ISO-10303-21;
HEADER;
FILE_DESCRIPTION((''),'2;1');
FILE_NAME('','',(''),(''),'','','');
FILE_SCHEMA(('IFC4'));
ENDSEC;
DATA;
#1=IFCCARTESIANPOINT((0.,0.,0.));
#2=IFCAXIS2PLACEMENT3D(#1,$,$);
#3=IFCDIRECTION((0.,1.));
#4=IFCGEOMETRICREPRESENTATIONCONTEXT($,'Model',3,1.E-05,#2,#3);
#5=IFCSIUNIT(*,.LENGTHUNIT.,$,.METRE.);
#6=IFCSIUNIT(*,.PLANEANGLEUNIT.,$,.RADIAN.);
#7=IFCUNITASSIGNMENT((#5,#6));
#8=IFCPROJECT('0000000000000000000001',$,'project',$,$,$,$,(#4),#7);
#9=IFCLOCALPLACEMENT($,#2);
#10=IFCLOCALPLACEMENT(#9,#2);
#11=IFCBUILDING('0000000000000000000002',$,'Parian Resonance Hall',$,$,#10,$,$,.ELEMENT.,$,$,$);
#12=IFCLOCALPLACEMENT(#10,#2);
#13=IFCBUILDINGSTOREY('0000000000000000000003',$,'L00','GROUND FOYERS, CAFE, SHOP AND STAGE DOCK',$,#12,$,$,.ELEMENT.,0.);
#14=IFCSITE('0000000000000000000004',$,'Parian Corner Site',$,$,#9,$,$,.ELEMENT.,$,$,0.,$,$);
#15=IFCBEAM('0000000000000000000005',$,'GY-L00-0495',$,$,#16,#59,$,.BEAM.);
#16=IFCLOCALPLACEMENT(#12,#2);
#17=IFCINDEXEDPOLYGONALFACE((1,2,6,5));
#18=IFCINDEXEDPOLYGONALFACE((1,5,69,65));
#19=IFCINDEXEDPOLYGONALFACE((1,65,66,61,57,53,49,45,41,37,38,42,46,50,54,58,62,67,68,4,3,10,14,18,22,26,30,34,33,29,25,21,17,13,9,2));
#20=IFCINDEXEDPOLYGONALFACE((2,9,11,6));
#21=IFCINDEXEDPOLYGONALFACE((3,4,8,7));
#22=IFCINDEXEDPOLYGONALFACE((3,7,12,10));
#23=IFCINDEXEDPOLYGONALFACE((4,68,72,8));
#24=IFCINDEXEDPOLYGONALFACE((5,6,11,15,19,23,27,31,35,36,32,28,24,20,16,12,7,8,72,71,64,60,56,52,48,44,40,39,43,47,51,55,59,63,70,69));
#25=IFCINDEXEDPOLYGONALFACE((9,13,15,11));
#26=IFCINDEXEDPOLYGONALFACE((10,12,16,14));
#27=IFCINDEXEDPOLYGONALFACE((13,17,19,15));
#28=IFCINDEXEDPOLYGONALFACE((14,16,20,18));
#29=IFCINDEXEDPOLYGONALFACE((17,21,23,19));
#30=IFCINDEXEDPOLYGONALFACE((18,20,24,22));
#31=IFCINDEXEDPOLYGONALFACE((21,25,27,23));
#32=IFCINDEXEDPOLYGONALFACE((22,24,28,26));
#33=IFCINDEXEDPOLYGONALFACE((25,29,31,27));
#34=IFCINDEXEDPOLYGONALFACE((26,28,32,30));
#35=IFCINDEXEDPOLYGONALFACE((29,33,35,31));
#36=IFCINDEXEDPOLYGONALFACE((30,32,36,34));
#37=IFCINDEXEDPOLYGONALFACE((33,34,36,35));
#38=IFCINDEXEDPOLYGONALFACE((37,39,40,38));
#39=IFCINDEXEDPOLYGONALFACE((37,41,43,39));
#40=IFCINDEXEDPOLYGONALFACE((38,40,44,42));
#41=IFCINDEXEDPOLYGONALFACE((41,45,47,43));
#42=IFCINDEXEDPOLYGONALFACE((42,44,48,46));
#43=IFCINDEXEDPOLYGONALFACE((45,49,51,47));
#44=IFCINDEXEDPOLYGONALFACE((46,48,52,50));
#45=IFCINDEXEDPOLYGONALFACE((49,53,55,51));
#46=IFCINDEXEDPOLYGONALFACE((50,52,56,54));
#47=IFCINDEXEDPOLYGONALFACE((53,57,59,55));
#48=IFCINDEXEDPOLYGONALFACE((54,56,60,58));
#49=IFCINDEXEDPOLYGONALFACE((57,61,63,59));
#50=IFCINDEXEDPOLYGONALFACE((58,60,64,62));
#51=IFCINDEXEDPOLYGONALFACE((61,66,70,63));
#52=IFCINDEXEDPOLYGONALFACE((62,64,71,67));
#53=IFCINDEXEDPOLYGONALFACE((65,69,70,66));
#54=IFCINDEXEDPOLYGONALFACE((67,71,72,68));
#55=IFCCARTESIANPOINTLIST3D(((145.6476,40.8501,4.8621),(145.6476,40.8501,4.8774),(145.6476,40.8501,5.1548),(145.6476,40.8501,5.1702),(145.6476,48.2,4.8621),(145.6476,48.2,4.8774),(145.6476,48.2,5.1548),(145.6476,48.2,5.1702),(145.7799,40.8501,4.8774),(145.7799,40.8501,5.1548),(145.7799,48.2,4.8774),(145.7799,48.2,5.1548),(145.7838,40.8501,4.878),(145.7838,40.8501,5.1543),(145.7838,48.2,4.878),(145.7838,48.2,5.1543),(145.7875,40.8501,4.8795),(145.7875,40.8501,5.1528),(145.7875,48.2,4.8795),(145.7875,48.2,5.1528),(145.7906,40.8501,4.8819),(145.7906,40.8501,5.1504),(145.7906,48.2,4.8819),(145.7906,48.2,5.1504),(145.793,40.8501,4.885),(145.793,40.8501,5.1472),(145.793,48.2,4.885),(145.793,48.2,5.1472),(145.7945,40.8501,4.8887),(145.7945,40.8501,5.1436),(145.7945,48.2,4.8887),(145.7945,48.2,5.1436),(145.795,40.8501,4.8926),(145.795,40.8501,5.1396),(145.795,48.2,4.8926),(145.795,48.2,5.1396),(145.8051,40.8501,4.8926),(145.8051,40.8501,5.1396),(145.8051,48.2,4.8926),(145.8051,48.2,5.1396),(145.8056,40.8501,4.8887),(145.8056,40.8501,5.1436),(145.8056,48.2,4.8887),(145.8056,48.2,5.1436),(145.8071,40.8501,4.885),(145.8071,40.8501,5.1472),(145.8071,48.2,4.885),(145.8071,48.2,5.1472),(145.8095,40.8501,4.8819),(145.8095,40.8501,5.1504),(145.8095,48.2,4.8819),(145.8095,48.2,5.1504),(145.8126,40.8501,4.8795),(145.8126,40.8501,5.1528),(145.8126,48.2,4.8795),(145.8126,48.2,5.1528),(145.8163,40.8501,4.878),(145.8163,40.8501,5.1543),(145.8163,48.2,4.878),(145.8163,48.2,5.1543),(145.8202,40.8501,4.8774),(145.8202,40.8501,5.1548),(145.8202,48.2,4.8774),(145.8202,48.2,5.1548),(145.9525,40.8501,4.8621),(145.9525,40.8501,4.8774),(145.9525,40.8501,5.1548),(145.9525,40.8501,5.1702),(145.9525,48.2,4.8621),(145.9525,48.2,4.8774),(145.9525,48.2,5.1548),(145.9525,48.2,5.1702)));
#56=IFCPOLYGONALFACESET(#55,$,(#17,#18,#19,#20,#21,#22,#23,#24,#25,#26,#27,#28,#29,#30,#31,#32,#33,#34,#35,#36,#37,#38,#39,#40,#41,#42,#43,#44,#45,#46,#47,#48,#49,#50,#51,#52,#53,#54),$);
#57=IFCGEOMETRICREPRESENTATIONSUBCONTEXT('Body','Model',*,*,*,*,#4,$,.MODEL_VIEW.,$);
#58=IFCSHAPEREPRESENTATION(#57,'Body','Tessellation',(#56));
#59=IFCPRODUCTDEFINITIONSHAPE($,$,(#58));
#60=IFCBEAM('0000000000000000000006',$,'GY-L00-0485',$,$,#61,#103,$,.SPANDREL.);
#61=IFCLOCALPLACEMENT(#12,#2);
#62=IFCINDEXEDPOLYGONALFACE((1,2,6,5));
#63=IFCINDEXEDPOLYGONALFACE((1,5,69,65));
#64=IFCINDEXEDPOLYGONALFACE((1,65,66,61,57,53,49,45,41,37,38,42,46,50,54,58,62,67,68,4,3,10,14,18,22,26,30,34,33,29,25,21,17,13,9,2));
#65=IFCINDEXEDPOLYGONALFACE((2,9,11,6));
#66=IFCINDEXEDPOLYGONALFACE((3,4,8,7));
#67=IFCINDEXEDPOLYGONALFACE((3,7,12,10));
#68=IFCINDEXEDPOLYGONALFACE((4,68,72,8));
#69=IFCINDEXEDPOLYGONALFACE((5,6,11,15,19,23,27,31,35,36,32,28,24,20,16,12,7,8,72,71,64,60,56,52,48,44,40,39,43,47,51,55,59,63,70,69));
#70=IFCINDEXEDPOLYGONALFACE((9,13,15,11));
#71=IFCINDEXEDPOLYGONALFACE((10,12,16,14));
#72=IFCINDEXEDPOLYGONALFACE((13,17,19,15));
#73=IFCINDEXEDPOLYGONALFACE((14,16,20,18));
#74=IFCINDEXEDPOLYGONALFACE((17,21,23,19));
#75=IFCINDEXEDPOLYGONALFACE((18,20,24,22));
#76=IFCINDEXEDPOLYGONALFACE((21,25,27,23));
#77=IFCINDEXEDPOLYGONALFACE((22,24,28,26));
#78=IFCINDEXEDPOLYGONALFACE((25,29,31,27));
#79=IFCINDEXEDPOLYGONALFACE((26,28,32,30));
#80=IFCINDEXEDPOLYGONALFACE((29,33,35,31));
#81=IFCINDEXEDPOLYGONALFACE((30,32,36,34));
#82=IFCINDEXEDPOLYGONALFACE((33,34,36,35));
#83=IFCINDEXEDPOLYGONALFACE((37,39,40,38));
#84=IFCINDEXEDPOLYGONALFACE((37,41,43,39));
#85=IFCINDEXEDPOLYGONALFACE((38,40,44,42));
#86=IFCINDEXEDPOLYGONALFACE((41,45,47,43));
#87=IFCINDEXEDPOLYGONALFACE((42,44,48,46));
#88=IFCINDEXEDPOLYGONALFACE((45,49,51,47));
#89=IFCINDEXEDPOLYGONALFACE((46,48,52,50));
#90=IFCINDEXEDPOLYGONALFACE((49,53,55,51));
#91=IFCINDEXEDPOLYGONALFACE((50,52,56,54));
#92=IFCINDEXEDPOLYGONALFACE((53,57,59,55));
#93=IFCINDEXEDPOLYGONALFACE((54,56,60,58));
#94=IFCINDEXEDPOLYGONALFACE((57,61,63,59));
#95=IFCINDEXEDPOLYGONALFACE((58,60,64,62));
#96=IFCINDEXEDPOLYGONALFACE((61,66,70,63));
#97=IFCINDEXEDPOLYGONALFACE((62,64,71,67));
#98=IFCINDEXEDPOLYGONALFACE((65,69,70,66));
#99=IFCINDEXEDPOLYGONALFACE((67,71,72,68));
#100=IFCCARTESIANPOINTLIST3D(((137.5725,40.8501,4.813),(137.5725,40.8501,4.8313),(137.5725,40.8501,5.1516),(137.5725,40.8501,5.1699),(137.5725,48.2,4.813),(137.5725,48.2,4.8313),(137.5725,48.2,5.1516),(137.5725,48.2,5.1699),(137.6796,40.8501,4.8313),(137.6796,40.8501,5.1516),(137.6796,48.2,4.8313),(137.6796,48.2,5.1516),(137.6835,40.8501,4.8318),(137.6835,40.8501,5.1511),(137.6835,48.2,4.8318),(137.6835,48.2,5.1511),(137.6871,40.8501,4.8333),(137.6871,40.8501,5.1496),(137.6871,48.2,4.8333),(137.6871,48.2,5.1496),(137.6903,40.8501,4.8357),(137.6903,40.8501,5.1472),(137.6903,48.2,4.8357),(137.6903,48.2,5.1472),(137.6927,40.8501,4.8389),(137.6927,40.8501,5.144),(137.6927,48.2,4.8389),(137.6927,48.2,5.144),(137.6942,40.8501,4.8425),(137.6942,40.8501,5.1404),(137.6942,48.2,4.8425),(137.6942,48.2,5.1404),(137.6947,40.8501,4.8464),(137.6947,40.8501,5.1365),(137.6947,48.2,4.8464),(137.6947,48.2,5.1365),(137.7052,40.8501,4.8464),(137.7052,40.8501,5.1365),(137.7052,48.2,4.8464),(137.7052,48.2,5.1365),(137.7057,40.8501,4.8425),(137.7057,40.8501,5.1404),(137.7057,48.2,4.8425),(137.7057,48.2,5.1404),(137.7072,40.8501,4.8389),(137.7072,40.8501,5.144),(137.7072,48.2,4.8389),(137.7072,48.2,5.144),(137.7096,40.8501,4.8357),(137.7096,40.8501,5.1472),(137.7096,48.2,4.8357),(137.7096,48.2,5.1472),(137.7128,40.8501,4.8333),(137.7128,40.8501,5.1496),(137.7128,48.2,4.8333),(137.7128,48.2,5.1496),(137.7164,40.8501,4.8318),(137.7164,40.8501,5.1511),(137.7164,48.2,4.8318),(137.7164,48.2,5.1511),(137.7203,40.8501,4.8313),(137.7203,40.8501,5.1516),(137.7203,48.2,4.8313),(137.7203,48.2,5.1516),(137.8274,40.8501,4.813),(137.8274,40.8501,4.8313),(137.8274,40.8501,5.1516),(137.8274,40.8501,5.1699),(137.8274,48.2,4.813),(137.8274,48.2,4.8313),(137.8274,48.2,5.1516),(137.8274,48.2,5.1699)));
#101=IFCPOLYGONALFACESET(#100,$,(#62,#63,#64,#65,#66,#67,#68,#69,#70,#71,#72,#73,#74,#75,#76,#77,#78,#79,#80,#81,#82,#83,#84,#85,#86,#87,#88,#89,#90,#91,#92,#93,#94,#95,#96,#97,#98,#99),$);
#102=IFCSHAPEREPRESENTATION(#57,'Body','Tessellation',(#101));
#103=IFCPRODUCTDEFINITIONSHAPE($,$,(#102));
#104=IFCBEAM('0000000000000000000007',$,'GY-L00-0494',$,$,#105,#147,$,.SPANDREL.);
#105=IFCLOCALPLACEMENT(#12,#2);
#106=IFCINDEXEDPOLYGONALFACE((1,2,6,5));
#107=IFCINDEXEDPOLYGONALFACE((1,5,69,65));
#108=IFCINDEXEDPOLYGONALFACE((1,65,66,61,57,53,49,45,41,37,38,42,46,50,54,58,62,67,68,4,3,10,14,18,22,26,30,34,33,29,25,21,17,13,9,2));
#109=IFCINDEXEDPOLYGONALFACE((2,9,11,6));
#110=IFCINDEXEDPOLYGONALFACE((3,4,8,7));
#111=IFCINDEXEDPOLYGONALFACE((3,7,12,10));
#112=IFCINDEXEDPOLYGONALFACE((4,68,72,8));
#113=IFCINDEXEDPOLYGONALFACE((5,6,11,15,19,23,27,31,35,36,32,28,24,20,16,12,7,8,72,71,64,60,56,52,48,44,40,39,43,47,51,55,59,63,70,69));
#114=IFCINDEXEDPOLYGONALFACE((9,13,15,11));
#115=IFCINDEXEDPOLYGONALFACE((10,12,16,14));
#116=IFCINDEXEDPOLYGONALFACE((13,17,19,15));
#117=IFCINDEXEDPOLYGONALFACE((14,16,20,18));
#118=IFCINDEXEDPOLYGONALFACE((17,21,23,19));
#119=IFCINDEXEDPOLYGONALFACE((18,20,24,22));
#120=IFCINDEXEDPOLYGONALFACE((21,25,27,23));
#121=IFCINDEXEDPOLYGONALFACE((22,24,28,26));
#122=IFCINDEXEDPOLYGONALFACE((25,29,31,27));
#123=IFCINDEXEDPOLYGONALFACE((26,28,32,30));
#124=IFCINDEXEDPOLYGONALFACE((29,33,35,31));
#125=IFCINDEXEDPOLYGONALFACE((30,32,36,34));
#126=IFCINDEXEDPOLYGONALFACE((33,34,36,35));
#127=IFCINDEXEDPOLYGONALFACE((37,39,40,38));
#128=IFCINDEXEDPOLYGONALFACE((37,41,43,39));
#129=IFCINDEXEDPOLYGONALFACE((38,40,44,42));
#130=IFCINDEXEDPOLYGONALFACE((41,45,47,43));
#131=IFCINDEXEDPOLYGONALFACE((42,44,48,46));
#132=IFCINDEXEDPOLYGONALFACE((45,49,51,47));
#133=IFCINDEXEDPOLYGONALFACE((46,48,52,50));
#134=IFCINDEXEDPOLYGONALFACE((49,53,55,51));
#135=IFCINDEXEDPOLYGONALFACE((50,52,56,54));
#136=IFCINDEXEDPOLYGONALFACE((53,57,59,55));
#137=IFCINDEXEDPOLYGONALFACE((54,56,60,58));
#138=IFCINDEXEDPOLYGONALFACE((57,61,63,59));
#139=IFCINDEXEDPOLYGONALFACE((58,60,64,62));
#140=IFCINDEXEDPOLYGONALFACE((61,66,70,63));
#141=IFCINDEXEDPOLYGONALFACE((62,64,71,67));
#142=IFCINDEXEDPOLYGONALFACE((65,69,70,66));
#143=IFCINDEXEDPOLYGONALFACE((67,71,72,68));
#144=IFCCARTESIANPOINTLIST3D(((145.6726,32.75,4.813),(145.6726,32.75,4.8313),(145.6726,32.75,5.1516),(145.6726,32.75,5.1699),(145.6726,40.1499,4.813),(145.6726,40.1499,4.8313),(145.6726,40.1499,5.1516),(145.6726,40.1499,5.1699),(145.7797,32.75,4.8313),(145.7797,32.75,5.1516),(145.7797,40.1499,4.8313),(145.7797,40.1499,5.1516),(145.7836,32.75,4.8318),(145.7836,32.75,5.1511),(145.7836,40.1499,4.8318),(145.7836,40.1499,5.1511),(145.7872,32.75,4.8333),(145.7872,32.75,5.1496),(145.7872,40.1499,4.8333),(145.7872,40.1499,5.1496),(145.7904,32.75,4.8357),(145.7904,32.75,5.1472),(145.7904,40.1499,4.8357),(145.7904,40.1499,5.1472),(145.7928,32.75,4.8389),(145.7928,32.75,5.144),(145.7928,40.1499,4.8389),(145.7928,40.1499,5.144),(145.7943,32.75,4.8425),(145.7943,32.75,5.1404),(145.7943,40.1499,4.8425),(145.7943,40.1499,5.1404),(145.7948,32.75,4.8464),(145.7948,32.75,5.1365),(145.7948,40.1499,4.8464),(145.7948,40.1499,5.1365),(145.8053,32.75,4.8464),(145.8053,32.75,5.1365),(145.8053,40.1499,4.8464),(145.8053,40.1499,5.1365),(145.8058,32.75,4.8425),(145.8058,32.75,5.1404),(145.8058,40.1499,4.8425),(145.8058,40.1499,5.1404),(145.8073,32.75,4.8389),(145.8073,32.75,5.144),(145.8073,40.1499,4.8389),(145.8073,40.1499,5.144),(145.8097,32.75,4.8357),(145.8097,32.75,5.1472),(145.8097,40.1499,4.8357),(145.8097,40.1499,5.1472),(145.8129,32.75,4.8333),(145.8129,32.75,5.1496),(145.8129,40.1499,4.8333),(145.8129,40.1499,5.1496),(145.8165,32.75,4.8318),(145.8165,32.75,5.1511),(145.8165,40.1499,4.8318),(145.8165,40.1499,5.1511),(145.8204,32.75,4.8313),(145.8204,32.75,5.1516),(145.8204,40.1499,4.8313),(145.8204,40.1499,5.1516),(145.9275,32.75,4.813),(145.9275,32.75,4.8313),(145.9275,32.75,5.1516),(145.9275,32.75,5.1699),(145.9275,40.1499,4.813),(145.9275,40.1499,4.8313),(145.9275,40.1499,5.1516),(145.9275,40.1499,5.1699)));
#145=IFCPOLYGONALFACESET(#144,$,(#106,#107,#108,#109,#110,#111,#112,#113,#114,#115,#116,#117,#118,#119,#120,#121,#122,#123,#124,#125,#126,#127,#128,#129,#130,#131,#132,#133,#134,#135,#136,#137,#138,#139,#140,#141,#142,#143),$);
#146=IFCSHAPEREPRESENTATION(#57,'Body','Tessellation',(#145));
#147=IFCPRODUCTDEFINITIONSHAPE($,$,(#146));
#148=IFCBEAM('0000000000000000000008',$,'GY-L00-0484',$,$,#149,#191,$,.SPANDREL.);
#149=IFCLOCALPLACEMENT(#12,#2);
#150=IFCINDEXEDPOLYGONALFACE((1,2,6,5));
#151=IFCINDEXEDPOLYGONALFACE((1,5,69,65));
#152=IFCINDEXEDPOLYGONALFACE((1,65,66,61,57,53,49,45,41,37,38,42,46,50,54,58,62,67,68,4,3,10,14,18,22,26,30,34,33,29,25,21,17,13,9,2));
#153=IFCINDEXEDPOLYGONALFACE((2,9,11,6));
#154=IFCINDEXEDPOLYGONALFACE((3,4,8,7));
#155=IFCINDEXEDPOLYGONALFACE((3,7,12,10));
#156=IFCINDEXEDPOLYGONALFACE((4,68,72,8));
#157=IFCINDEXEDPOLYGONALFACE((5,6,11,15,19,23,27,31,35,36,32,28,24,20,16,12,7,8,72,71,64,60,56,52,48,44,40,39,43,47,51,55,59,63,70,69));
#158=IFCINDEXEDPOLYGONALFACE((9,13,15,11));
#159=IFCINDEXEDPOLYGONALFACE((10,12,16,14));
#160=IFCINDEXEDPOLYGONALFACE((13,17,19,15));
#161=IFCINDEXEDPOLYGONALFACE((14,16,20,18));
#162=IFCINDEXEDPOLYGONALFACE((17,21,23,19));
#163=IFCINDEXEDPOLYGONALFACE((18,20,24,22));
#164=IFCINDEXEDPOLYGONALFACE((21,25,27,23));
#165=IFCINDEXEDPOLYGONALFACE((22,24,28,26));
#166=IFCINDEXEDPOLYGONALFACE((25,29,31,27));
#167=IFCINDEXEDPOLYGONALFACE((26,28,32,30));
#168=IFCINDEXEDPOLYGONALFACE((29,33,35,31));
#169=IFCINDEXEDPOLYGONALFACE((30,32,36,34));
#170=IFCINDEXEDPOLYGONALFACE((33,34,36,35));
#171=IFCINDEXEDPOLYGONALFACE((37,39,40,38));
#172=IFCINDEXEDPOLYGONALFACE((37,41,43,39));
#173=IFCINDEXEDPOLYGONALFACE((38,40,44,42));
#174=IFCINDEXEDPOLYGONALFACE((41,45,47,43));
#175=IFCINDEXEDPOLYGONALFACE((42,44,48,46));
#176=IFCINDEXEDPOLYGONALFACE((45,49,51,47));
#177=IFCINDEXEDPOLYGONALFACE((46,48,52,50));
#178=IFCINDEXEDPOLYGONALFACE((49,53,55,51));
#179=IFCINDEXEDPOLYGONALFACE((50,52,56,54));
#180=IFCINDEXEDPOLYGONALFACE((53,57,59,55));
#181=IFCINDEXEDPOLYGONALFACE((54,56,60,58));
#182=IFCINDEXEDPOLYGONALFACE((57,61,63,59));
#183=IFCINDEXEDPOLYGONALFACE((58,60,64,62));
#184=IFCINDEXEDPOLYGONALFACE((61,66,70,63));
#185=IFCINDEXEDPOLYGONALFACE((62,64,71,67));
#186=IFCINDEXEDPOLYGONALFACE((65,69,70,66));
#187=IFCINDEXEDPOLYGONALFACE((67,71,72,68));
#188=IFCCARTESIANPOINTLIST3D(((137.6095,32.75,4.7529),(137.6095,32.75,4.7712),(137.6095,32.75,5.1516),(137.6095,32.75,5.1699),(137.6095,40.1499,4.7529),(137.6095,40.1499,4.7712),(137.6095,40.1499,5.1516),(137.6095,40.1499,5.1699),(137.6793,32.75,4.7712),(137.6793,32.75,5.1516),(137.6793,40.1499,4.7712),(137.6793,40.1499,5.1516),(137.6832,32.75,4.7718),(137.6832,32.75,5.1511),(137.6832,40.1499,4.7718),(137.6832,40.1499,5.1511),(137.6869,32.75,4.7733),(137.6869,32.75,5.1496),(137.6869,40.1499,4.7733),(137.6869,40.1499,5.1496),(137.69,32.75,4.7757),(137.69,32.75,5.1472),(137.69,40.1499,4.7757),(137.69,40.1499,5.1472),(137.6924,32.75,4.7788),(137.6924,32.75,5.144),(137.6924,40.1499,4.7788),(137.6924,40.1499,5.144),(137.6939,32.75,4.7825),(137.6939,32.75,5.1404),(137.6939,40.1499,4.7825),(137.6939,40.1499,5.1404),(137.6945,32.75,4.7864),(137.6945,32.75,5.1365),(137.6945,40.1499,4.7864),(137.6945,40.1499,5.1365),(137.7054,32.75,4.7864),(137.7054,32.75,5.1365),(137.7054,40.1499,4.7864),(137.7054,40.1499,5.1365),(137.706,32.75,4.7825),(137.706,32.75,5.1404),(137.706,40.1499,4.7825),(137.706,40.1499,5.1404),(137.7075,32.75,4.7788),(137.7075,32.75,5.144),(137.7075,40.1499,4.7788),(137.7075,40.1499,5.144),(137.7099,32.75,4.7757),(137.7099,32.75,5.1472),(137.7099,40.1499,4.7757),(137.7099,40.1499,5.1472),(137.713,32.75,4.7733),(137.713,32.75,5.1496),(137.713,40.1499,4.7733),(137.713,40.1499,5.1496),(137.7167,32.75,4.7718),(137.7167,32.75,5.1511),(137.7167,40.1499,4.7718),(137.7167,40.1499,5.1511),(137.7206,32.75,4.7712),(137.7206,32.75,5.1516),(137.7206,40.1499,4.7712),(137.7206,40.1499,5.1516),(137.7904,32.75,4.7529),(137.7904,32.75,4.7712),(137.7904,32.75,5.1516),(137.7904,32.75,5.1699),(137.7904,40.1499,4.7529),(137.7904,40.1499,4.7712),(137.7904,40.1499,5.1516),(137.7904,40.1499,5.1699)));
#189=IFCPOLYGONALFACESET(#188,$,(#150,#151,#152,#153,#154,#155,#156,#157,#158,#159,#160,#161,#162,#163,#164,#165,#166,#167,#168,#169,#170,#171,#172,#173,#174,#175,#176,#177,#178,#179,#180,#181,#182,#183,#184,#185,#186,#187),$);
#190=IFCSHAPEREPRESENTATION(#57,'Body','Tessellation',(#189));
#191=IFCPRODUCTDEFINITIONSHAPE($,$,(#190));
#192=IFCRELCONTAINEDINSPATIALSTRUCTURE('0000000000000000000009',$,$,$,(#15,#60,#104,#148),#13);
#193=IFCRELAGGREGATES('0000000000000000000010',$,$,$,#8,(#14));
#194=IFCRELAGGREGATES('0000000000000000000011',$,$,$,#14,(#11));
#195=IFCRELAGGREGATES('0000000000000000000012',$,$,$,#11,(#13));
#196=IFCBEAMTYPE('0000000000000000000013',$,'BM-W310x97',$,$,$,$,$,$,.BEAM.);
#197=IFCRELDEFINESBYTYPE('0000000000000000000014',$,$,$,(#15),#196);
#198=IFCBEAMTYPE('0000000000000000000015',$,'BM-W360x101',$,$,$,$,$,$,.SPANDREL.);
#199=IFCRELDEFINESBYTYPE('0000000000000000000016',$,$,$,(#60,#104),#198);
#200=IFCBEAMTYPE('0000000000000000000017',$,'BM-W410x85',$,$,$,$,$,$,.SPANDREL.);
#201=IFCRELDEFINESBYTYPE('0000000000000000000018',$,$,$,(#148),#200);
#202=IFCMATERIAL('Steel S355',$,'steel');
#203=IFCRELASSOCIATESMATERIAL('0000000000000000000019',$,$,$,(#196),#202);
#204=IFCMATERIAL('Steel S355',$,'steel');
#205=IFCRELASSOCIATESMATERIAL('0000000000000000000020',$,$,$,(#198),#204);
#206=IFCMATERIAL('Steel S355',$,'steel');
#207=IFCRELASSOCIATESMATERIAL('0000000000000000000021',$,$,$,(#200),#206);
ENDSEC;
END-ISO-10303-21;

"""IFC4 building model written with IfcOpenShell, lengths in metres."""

from ifc_helpers import new_model, si_unit, direction, frame, origin, origin_2d, place, context, subcontext, project, spatial, i_section, extrude, material, material_profile, profile_set, type_object, element, save


model = new_model("IFC4")

# Units and contexts
model_context = context("Model", 3, precision=1e-05, world=origin(), true_north=direction((0.0, 1.0)))
body_context = subcontext(model_context, "Body", "Model", "MODEL_VIEW")
ifc_project = project(units=[si_unit("LENGTHUNIT", "METRE"), si_unit("PLANEANGLEUNIT", "RADIAN")], contexts=[model_context])

# Site, building, storey
site_placement = place(None, origin())
site = spatial("IfcSite", under=ifc_project, at=site_placement, Name="Parian Corner Site", CompositionType="ELEMENT", RefElevation=0.0)
building_placement = place(site_placement, origin())
building = spatial("IfcBuilding", under=site, at=building_placement, Name="Parian Resonance Hall", CompositionType="ELEMENT")
storey_placement = place(building_placement, origin())
storey = spatial("IfcBuildingStorey", under=building, at=storey_placement, Name="L00", Description="GROUND FOYERS, CAFE, SHOP AND STAGE DOCK", CompositionType="ELEMENT", Elevation=0.0)

# Beams
ifc_material_1 = material(Name="Steel S355", Category="steel")
ifc_material_profile_1 = material_profile(ifc_material_1, i_section(OverallWidth=0.3049, OverallDepth=0.3081, WebThickness=0.01, FlangeThickness=0.0154, FilletRadius=0.0151, at=origin_2d()), Name="W310x97")
ifc_profile_set_1 = profile_set([ifc_material_profile_1], Name="Steel S355")
beam_type_1 = type_object("IfcBeamType", Name="BM-W310x97", PredefinedType="BEAM", material=ifc_profile_set_1)
beam_1_placement = place(storey_placement, frame((145.8, 40.8501, 5.0161), z_axis=(0.0, 1.0, 0.0), x_axis=(-1.0, 0.0, 0.0)))
element("IfcBeam", 1, at=beam_1_placement, inside=storey, type_object=beam_type_1, Name="GY-L00-0495", PredefinedType="BEAM", context=body_context, shape_type="SweptSolid", body=[
    extrude(i_section(OverallWidth=0.3049, OverallDepth=0.3081, WebThickness=0.01, FlangeThickness=0.0154, FilletRadius=0.0151, at=origin_2d()), origin(), (0.0, 0.0, 1.0), 7.3499),
])
ifc_material_2 = material(Name="Steel S355", Category="steel")
ifc_material_profile_2 = material_profile(ifc_material_2, i_section(OverallWidth=0.2549, OverallDepth=0.3569, WebThickness=0.0105, FlangeThickness=0.0183, FilletRadius=0.0151, at=origin_2d()), Name="W360x101")
ifc_profile_set_2 = profile_set([ifc_material_profile_2], Name="Steel S355")
beam_type_2 = type_object("IfcBeamType", Name="BM-W360x101", PredefinedType="SPANDREL", material=ifc_profile_set_2)
beam_2_placement = place(storey_placement, frame((137.7, 40.8501, 4.9915), z_axis=(0.0, 1.0, 0.0), x_axis=(-1.0, 0.0, 0.0)))
element("IfcBeam", 2, at=beam_2_placement, inside=storey, type_object=beam_type_2, Name="GY-L00-0485", PredefinedType="SPANDREL", context=body_context, shape_type="SweptSolid", body=[
    extrude(i_section(OverallWidth=0.2549, OverallDepth=0.3569, WebThickness=0.0105, FlangeThickness=0.0183, FilletRadius=0.0151, at=origin_2d()), origin(), (0.0, 0.0, 1.0), 7.3499),
])
beam_3_placement = place(storey_placement, frame((145.8, 32.75, 4.9915), z_axis=(0.0, 1.0, 0.0), x_axis=(-1.0, 0.0, 0.0)))
element("IfcBeam", 3, at=beam_3_placement, inside=storey, type_object=beam_type_2, Name="GY-L00-0494", PredefinedType="SPANDREL", context=body_context, shape_type="SweptSolid", body=[
    extrude(i_section(OverallWidth=0.2549, OverallDepth=0.3569, WebThickness=0.0105, FlangeThickness=0.0183, FilletRadius=0.0151, at=origin_2d()), origin(), (0.0, 0.0, 1.0), 7.3999),
])
ifc_material_3 = material(Name="Steel S355", Category="steel")
ifc_material_profile_3 = material_profile(ifc_material_3, i_section(OverallWidth=0.1809, OverallDepth=0.417, WebThickness=0.011, FlangeThickness=0.0183, FilletRadius=0.0151, at=origin_2d()), Name="W410x85")
ifc_profile_set_3 = profile_set([ifc_material_profile_3], Name="Steel S355")
beam_type_3 = type_object("IfcBeamType", Name="BM-W410x85", PredefinedType="SPANDREL", material=ifc_profile_set_3)
beam_4_placement = place(storey_placement, frame((137.7, 32.75, 4.9614), z_axis=(0.0, 1.0, 0.0), x_axis=(-1.0, 0.0, 0.0)))
element("IfcBeam", 4, at=beam_4_placement, inside=storey, type_object=beam_type_3, Name="GY-L00-0484", PredefinedType="SPANDREL", context=body_context, shape_type="SweptSolid", body=[
    extrude(i_section(OverallWidth=0.1809, OverallDepth=0.417, WebThickness=0.011, FlangeThickness=0.0183, FilletRadius=0.0151, at=origin_2d()), origin(), (0.0, 0.0, 1.0), 7.3999),
])

save(model, "model.ifc")
